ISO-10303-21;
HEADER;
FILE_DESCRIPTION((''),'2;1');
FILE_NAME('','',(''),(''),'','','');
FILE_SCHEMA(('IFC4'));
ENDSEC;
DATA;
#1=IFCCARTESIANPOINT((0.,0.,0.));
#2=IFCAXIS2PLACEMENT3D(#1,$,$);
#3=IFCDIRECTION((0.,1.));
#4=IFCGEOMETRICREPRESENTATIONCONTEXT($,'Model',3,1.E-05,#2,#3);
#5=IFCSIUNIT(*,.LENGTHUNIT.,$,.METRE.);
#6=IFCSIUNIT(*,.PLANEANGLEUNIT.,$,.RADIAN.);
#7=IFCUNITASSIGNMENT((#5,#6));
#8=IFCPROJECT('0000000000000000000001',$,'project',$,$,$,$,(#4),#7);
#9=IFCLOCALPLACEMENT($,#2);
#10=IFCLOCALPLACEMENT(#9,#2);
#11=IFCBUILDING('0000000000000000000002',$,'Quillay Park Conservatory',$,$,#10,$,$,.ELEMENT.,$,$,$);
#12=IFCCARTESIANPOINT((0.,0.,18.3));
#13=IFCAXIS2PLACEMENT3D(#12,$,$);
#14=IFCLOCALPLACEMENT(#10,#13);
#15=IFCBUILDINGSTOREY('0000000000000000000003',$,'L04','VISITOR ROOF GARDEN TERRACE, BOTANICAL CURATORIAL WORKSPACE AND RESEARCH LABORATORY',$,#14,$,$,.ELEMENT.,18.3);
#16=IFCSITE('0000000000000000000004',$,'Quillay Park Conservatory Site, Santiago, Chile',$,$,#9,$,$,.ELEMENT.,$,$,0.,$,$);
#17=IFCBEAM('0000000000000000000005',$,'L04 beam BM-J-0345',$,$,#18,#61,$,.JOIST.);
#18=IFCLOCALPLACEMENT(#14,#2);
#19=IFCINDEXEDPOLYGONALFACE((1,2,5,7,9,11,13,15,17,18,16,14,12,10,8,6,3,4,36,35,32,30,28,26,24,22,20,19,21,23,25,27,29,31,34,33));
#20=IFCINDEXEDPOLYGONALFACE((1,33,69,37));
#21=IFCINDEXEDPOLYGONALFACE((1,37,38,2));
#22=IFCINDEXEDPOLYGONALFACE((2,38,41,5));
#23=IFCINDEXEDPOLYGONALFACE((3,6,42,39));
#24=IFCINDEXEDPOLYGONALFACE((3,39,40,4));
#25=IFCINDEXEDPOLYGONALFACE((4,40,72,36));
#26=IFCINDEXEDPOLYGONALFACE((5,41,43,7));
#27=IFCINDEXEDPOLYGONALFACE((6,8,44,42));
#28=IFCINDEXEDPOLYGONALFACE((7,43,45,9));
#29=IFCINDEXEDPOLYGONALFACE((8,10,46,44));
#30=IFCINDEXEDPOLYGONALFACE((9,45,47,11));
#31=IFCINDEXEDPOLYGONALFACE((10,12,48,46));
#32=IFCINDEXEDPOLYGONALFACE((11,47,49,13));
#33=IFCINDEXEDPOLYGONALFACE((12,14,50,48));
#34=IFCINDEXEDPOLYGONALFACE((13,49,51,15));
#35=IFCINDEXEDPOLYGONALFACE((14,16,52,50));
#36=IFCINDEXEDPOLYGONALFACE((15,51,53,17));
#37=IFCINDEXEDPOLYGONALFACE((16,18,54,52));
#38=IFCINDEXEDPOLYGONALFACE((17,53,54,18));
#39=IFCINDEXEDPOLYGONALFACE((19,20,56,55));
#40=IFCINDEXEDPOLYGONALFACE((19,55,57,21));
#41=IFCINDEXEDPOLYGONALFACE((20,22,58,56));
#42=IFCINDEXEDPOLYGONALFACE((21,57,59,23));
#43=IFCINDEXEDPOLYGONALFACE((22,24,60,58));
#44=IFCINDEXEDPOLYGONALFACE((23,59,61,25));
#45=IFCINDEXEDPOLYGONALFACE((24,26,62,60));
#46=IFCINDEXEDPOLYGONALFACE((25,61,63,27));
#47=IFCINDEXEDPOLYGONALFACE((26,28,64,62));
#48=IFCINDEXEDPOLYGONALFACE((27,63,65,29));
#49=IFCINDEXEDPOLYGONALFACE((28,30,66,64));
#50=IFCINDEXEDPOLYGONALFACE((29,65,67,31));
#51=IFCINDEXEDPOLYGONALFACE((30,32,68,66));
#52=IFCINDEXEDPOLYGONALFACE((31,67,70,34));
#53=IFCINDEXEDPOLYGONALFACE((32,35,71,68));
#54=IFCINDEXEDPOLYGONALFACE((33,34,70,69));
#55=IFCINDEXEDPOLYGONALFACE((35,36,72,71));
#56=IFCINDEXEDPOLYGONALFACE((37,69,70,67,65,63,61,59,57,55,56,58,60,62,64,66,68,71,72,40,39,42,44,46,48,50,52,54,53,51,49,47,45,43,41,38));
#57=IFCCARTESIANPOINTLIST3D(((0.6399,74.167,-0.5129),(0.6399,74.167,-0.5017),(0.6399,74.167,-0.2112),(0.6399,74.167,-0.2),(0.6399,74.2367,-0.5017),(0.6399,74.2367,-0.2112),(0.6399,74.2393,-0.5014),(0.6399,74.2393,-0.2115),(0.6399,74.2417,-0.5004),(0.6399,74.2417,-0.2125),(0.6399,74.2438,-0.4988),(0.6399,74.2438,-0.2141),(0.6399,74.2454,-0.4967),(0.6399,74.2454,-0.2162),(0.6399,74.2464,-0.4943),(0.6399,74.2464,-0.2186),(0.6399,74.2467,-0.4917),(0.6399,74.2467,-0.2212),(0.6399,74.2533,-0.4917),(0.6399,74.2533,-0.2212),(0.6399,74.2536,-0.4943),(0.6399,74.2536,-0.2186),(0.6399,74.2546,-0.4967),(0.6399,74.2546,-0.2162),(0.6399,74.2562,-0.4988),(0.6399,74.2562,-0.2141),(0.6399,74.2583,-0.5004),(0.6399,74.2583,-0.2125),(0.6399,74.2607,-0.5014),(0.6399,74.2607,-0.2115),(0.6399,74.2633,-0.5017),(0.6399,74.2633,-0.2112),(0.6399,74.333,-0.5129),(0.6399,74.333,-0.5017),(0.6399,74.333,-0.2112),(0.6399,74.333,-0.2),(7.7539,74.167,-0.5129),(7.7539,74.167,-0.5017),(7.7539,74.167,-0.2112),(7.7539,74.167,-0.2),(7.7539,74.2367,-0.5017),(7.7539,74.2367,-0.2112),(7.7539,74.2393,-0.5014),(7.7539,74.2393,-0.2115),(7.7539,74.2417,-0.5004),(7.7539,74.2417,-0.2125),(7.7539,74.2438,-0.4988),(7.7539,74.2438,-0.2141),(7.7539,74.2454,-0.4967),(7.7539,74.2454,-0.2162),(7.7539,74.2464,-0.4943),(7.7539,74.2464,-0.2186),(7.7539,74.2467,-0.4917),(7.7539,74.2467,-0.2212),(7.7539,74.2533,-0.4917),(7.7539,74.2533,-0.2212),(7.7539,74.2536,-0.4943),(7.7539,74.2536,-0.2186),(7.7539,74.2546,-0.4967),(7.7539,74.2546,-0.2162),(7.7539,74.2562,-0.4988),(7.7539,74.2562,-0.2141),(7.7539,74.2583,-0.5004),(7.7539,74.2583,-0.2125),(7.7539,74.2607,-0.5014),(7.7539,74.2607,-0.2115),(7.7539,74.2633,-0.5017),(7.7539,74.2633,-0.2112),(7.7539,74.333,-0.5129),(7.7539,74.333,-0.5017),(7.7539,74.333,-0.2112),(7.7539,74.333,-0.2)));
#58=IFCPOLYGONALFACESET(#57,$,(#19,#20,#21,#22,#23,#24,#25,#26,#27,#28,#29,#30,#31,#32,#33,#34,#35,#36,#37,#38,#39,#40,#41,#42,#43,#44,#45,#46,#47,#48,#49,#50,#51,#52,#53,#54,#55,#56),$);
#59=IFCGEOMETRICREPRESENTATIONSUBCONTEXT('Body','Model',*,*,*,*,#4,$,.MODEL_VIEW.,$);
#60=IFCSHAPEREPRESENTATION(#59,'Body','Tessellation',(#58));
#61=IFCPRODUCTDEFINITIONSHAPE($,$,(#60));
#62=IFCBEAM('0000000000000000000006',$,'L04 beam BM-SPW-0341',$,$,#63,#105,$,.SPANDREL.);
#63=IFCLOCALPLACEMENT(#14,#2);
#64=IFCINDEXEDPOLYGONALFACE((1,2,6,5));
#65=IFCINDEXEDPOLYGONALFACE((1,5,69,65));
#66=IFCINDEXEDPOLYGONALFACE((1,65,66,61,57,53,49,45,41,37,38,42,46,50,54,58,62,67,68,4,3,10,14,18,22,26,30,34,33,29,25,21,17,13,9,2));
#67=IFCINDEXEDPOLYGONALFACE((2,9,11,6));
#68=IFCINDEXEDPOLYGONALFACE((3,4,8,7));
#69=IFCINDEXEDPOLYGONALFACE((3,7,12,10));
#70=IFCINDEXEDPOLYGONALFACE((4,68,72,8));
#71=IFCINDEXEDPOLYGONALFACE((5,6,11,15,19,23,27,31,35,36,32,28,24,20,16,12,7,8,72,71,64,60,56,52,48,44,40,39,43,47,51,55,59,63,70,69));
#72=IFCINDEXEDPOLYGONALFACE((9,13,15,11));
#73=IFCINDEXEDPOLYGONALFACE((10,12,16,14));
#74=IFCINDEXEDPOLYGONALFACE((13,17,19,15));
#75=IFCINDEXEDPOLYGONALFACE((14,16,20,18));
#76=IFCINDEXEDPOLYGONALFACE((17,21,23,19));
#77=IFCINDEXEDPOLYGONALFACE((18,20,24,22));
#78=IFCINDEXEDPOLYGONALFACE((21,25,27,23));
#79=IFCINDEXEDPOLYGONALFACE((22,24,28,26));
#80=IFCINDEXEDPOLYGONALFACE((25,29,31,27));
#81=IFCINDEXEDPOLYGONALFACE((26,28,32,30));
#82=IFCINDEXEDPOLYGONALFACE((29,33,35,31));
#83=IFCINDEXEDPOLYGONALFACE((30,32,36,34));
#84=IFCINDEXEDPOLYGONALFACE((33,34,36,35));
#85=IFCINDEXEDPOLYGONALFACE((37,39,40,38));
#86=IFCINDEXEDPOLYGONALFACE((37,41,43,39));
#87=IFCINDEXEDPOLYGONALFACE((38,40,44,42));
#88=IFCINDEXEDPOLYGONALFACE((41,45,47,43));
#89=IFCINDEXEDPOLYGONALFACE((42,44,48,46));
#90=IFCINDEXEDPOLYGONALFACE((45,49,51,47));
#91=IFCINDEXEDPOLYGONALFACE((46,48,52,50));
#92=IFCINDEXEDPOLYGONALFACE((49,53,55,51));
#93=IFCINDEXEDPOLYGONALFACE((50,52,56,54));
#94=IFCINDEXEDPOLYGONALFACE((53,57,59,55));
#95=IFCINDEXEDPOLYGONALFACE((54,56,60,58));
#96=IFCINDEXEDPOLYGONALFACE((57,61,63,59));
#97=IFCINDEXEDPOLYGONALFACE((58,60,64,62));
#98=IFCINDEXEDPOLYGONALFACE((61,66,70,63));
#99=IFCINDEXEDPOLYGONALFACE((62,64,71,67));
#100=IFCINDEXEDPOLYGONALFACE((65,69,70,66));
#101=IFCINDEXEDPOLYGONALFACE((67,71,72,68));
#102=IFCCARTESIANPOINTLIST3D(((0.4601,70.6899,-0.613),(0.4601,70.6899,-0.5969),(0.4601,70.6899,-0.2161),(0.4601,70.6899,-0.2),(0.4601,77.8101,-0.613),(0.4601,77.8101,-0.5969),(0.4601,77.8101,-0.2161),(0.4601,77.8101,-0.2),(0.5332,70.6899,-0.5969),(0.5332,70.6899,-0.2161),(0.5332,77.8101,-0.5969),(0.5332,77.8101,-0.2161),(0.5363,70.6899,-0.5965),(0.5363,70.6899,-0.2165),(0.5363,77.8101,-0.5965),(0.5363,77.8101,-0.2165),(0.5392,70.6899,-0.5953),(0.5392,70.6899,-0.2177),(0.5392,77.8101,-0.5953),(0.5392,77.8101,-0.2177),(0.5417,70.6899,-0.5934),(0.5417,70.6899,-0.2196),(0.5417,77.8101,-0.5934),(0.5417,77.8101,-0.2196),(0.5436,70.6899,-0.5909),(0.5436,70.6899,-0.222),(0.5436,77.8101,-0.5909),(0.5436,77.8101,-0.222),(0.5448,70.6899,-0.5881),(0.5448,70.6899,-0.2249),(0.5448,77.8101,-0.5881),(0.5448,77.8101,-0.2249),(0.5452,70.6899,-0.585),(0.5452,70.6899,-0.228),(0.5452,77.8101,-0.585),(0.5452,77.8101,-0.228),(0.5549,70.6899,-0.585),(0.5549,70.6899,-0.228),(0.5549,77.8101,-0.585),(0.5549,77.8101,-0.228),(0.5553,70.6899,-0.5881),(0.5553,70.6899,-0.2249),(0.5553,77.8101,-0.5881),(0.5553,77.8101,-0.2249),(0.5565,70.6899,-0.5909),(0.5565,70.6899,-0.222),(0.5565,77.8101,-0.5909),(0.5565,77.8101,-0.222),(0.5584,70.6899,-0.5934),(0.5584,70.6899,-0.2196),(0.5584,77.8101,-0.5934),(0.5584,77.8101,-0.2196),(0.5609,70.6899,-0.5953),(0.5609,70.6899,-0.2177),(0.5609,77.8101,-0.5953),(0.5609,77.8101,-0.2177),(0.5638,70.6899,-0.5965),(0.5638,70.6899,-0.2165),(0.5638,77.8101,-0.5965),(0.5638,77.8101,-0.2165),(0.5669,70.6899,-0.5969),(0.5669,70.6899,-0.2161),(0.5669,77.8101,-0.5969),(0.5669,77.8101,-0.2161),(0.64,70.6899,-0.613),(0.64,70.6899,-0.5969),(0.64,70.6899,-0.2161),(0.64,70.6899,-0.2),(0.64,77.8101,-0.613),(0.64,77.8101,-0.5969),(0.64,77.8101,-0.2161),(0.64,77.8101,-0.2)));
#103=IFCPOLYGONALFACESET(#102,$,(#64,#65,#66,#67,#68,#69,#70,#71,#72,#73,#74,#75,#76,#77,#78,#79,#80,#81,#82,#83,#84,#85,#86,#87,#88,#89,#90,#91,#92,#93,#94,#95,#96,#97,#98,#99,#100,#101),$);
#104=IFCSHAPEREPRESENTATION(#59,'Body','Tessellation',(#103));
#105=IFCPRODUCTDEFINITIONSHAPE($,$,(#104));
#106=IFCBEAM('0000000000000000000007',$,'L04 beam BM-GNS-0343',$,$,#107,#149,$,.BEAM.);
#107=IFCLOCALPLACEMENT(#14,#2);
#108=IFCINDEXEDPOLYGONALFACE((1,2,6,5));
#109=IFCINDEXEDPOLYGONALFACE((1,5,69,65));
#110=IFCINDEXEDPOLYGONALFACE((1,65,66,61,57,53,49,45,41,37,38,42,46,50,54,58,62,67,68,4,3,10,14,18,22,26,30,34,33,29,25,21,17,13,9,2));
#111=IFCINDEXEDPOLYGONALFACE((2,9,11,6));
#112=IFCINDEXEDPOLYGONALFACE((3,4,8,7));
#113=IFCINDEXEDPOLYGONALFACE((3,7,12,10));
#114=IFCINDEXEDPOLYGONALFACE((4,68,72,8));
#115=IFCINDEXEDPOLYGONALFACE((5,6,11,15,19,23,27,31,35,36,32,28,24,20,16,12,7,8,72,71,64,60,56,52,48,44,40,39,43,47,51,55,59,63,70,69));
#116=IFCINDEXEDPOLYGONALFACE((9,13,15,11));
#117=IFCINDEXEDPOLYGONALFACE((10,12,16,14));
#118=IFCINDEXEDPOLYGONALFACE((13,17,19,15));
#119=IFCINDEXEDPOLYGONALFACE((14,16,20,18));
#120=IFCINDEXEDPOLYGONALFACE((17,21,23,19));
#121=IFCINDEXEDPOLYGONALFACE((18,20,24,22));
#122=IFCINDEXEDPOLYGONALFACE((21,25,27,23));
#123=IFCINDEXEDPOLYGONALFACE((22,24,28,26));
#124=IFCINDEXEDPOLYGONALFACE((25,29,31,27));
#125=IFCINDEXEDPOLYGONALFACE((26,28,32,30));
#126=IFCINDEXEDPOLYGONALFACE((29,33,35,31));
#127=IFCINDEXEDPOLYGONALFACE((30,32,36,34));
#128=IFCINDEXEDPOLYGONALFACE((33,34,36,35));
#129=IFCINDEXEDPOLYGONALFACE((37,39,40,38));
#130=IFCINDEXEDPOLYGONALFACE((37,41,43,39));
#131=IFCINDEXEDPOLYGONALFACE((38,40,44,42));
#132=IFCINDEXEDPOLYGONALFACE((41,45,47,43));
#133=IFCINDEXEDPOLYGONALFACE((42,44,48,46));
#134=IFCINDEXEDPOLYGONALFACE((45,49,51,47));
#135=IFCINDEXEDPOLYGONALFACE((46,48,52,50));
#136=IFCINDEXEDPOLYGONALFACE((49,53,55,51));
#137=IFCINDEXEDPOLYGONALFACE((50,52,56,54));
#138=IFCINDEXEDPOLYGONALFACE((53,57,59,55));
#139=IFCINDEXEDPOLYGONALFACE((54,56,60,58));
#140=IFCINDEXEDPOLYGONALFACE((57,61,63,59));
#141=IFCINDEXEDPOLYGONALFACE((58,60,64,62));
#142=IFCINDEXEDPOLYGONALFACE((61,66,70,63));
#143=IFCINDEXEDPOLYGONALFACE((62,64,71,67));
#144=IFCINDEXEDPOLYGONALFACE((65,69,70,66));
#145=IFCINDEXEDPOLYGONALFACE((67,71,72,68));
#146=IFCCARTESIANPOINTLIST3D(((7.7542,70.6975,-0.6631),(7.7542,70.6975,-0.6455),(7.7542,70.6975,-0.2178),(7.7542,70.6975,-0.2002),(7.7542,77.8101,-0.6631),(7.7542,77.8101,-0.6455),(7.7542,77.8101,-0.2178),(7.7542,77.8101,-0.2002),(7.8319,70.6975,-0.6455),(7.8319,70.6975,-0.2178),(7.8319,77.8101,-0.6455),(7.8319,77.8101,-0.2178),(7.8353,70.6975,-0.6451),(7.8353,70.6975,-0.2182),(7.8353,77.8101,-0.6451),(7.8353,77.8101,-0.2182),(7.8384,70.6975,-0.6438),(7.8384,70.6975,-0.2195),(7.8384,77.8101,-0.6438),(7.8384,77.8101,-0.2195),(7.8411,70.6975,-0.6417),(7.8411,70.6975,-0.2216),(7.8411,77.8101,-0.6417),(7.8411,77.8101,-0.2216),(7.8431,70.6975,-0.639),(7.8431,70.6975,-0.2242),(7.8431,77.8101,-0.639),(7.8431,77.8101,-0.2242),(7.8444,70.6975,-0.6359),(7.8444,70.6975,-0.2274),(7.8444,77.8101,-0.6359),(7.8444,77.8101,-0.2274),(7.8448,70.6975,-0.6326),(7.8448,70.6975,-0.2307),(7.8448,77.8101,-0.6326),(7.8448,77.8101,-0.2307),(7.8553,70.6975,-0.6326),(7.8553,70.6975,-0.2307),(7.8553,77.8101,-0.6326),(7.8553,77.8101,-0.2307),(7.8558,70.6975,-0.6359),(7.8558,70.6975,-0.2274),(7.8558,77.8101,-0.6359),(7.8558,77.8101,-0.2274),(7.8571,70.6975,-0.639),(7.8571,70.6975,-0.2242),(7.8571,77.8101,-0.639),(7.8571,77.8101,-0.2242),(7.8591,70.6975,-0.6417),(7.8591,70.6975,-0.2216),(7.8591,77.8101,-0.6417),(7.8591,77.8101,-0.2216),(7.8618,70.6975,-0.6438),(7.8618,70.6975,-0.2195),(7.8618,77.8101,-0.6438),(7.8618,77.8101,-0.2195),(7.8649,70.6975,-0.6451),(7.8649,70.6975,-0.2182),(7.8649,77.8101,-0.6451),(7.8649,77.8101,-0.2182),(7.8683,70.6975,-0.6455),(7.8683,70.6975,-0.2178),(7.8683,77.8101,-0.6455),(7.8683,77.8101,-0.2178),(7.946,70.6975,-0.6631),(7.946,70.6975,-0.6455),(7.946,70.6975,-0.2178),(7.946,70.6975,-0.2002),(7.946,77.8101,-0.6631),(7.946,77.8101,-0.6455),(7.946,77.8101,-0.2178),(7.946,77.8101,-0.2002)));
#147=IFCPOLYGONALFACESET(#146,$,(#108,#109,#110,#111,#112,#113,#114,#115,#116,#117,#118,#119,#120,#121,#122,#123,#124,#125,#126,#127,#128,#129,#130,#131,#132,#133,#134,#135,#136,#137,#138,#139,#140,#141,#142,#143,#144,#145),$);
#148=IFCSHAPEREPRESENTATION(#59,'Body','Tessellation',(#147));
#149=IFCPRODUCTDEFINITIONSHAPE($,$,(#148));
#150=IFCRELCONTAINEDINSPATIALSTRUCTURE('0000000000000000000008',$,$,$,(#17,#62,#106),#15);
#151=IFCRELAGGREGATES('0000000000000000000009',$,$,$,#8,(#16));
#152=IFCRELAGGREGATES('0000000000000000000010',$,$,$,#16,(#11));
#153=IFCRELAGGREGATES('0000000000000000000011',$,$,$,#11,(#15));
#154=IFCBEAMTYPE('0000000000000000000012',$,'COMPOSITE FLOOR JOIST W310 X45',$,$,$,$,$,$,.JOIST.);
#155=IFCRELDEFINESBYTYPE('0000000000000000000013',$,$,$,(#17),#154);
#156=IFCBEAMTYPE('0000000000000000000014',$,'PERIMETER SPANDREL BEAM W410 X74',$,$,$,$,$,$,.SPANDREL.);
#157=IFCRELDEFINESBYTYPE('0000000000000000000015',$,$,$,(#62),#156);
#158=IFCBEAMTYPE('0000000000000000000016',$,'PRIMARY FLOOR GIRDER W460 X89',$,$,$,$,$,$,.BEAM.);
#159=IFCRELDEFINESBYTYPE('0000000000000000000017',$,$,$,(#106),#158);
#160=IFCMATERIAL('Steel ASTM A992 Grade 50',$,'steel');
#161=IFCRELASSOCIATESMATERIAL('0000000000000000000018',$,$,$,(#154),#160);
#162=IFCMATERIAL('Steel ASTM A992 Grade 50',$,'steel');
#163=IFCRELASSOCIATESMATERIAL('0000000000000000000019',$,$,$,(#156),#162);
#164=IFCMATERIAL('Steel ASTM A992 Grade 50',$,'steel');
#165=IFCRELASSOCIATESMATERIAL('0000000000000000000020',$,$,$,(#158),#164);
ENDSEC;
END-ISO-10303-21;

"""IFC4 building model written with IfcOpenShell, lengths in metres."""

from ifc_helpers import new_model, si_unit, direction, frame, origin, origin_2d, place, context, subcontext, project, spatial, i_section, extrude, material, material_profile, profile_set, type_object, element, save


model = new_model("IFC4")

# Units and contexts
model_context = context("Model", 3, precision=1e-05, world=origin(), true_north=direction((0.0, 1.0)))
body_context = subcontext(model_context, "Body", "Model", "MODEL_VIEW")
ifc_project = project(units=[si_unit("LENGTHUNIT", "METRE"), si_unit("PLANEANGLEUNIT", "RADIAN")], contexts=[model_context])

# Site, building, storey
site_placement = place(None, origin())
site = spatial("IfcSite", under=ifc_project, at=site_placement, Name="Quillay Park Conservatory Site, Santiago, Chile", CompositionType="ELEMENT", RefElevation=0.0)
building_placement = place(site_placement, origin())
building = spatial("IfcBuilding", under=site, at=building_placement, Name="Quillay Park Conservatory", CompositionType="ELEMENT")
storey_placement = place(building_placement, frame((0.0, 0.0, 18.3)))
storey = spatial("IfcBuildingStorey", under=building, at=storey_placement, Name="L04", Description="VISITOR ROOF GARDEN TERRACE, BOTANICAL CURATORIAL WORKSPACE AND RESEARCH LABORATORY", CompositionType="ELEMENT", Elevation=18.3)

# Beams
ifc_material_1 = material(Name="Steel ASTM A992 Grade 50", Category="steel")
ifc_material_profile_1 = material_profile(ifc_material_1, i_section(OverallWidth=0.166, OverallDepth=0.313, WebThickness=0.0066, FlangeThickness=0.0112, FilletRadius=0.01, at=origin_2d()), Name="W310x45")
ifc_profile_set_1 = profile_set([ifc_material_profile_1], Name="Steel ASTM A992 Grade 50")
beam_type_1 = type_object("IfcBeamType", Name="COMPOSITE FLOOR JOIST W310 X45", PredefinedType="JOIST", material=ifc_profile_set_1)
for number, where, z_axis, x_axis, name in (
    (1, (0.6399, 74.25, -0.3564), (1.0, 0.0, 0.0), (0.0, 1.0, 0.0), "L04 beam BM-J-0345"),
):
    element("IfcBeam", number, at=place(storey_placement, frame(where, z_axis=z_axis, x_axis=x_axis)), inside=storey, type_object=beam_type_1, Name=name, PredefinedType="JOIST", context=body_context, shape_type="SweptSolid", body=[
        extrude(i_section(OverallWidth=0.166, OverallDepth=0.313, WebThickness=0.0066, FlangeThickness=0.0112, FilletRadius=0.01, at=origin_2d()), origin(), (0.0, 0.0, 1.0), 7.114),
    ])
ifc_material_2 = material(Name="Steel ASTM A992 Grade 50", Category="steel")
ifc_material_profile_2 = material_profile(ifc_material_2, i_section(OverallWidth=0.1799, OverallDepth=0.4131, WebThickness=0.0098, FlangeThickness=0.0161, FilletRadius=0.012, at=origin_2d()), Name="W410x74")
ifc_profile_set_2 = profile_set([ifc_material_profile_2], Name="Steel ASTM A992 Grade 50")
beam_type_2 = type_object("IfcBeamType", Name="PERIMETER SPANDREL BEAM W410 X74", PredefinedType="SPANDREL", material=ifc_profile_set_2)
beam_1_placement = place(storey_placement, frame((0.55, 70.6899, -0.4065), z_axis=(0.0, 1.0, 0.0), x_axis=(-1.0, 0.0, 0.0)))
element("IfcBeam", 2, at=beam_1_placement, inside=storey, type_object=beam_type_2, Name="L04 beam BM-SPW-0341", PredefinedType="SPANDREL", context=body_context, shape_type="SweptSolid", body=[
    extrude(i_section(OverallWidth=0.1799, OverallDepth=0.4131, WebThickness=0.0098, FlangeThickness=0.0161, FilletRadius=0.012, at=origin_2d()), origin(), (0.0, 0.0, 1.0), 7.1201),
])
ifc_material_3 = material(Name="Steel ASTM A992 Grade 50", Category="steel")
ifc_material_profile_3 = material_profile(ifc_material_3, i_section(OverallWidth=0.1919, OverallDepth=0.4629, WebThickness=0.0105, FlangeThickness=0.0176, FilletRadius=0.0129, at=origin_2d()), Name="W460x89")
ifc_profile_set_3 = profile_set([ifc_material_profile_3], Name="Steel ASTM A992 Grade 50")
beam_type_3 = type_object("IfcBeamType", Name="PRIMARY FLOOR GIRDER W460 X89", PredefinedType="BEAM", material=ifc_profile_set_3)
beam_2_placement = place(storey_placement, frame((7.8501, 70.6975, -0.4316), z_axis=(0.0, 1.0, 0.0), x_axis=(-1.0, 0.0, 0.0)))
element("IfcBeam", 3, at=beam_2_placement, inside=storey, type_object=beam_type_3, Name="L04 beam BM-GNS-0343", PredefinedType="BEAM", context=body_context, shape_type="SweptSolid", body=[
    extrude(i_section(OverallWidth=0.1919, OverallDepth=0.4629, WebThickness=0.0105, FlangeThickness=0.0176, FilletRadius=0.0129, at=origin_2d()), origin(), (0.0, 0.0, 1.0), 7.1125),
])

save(model, "model.ifc")
